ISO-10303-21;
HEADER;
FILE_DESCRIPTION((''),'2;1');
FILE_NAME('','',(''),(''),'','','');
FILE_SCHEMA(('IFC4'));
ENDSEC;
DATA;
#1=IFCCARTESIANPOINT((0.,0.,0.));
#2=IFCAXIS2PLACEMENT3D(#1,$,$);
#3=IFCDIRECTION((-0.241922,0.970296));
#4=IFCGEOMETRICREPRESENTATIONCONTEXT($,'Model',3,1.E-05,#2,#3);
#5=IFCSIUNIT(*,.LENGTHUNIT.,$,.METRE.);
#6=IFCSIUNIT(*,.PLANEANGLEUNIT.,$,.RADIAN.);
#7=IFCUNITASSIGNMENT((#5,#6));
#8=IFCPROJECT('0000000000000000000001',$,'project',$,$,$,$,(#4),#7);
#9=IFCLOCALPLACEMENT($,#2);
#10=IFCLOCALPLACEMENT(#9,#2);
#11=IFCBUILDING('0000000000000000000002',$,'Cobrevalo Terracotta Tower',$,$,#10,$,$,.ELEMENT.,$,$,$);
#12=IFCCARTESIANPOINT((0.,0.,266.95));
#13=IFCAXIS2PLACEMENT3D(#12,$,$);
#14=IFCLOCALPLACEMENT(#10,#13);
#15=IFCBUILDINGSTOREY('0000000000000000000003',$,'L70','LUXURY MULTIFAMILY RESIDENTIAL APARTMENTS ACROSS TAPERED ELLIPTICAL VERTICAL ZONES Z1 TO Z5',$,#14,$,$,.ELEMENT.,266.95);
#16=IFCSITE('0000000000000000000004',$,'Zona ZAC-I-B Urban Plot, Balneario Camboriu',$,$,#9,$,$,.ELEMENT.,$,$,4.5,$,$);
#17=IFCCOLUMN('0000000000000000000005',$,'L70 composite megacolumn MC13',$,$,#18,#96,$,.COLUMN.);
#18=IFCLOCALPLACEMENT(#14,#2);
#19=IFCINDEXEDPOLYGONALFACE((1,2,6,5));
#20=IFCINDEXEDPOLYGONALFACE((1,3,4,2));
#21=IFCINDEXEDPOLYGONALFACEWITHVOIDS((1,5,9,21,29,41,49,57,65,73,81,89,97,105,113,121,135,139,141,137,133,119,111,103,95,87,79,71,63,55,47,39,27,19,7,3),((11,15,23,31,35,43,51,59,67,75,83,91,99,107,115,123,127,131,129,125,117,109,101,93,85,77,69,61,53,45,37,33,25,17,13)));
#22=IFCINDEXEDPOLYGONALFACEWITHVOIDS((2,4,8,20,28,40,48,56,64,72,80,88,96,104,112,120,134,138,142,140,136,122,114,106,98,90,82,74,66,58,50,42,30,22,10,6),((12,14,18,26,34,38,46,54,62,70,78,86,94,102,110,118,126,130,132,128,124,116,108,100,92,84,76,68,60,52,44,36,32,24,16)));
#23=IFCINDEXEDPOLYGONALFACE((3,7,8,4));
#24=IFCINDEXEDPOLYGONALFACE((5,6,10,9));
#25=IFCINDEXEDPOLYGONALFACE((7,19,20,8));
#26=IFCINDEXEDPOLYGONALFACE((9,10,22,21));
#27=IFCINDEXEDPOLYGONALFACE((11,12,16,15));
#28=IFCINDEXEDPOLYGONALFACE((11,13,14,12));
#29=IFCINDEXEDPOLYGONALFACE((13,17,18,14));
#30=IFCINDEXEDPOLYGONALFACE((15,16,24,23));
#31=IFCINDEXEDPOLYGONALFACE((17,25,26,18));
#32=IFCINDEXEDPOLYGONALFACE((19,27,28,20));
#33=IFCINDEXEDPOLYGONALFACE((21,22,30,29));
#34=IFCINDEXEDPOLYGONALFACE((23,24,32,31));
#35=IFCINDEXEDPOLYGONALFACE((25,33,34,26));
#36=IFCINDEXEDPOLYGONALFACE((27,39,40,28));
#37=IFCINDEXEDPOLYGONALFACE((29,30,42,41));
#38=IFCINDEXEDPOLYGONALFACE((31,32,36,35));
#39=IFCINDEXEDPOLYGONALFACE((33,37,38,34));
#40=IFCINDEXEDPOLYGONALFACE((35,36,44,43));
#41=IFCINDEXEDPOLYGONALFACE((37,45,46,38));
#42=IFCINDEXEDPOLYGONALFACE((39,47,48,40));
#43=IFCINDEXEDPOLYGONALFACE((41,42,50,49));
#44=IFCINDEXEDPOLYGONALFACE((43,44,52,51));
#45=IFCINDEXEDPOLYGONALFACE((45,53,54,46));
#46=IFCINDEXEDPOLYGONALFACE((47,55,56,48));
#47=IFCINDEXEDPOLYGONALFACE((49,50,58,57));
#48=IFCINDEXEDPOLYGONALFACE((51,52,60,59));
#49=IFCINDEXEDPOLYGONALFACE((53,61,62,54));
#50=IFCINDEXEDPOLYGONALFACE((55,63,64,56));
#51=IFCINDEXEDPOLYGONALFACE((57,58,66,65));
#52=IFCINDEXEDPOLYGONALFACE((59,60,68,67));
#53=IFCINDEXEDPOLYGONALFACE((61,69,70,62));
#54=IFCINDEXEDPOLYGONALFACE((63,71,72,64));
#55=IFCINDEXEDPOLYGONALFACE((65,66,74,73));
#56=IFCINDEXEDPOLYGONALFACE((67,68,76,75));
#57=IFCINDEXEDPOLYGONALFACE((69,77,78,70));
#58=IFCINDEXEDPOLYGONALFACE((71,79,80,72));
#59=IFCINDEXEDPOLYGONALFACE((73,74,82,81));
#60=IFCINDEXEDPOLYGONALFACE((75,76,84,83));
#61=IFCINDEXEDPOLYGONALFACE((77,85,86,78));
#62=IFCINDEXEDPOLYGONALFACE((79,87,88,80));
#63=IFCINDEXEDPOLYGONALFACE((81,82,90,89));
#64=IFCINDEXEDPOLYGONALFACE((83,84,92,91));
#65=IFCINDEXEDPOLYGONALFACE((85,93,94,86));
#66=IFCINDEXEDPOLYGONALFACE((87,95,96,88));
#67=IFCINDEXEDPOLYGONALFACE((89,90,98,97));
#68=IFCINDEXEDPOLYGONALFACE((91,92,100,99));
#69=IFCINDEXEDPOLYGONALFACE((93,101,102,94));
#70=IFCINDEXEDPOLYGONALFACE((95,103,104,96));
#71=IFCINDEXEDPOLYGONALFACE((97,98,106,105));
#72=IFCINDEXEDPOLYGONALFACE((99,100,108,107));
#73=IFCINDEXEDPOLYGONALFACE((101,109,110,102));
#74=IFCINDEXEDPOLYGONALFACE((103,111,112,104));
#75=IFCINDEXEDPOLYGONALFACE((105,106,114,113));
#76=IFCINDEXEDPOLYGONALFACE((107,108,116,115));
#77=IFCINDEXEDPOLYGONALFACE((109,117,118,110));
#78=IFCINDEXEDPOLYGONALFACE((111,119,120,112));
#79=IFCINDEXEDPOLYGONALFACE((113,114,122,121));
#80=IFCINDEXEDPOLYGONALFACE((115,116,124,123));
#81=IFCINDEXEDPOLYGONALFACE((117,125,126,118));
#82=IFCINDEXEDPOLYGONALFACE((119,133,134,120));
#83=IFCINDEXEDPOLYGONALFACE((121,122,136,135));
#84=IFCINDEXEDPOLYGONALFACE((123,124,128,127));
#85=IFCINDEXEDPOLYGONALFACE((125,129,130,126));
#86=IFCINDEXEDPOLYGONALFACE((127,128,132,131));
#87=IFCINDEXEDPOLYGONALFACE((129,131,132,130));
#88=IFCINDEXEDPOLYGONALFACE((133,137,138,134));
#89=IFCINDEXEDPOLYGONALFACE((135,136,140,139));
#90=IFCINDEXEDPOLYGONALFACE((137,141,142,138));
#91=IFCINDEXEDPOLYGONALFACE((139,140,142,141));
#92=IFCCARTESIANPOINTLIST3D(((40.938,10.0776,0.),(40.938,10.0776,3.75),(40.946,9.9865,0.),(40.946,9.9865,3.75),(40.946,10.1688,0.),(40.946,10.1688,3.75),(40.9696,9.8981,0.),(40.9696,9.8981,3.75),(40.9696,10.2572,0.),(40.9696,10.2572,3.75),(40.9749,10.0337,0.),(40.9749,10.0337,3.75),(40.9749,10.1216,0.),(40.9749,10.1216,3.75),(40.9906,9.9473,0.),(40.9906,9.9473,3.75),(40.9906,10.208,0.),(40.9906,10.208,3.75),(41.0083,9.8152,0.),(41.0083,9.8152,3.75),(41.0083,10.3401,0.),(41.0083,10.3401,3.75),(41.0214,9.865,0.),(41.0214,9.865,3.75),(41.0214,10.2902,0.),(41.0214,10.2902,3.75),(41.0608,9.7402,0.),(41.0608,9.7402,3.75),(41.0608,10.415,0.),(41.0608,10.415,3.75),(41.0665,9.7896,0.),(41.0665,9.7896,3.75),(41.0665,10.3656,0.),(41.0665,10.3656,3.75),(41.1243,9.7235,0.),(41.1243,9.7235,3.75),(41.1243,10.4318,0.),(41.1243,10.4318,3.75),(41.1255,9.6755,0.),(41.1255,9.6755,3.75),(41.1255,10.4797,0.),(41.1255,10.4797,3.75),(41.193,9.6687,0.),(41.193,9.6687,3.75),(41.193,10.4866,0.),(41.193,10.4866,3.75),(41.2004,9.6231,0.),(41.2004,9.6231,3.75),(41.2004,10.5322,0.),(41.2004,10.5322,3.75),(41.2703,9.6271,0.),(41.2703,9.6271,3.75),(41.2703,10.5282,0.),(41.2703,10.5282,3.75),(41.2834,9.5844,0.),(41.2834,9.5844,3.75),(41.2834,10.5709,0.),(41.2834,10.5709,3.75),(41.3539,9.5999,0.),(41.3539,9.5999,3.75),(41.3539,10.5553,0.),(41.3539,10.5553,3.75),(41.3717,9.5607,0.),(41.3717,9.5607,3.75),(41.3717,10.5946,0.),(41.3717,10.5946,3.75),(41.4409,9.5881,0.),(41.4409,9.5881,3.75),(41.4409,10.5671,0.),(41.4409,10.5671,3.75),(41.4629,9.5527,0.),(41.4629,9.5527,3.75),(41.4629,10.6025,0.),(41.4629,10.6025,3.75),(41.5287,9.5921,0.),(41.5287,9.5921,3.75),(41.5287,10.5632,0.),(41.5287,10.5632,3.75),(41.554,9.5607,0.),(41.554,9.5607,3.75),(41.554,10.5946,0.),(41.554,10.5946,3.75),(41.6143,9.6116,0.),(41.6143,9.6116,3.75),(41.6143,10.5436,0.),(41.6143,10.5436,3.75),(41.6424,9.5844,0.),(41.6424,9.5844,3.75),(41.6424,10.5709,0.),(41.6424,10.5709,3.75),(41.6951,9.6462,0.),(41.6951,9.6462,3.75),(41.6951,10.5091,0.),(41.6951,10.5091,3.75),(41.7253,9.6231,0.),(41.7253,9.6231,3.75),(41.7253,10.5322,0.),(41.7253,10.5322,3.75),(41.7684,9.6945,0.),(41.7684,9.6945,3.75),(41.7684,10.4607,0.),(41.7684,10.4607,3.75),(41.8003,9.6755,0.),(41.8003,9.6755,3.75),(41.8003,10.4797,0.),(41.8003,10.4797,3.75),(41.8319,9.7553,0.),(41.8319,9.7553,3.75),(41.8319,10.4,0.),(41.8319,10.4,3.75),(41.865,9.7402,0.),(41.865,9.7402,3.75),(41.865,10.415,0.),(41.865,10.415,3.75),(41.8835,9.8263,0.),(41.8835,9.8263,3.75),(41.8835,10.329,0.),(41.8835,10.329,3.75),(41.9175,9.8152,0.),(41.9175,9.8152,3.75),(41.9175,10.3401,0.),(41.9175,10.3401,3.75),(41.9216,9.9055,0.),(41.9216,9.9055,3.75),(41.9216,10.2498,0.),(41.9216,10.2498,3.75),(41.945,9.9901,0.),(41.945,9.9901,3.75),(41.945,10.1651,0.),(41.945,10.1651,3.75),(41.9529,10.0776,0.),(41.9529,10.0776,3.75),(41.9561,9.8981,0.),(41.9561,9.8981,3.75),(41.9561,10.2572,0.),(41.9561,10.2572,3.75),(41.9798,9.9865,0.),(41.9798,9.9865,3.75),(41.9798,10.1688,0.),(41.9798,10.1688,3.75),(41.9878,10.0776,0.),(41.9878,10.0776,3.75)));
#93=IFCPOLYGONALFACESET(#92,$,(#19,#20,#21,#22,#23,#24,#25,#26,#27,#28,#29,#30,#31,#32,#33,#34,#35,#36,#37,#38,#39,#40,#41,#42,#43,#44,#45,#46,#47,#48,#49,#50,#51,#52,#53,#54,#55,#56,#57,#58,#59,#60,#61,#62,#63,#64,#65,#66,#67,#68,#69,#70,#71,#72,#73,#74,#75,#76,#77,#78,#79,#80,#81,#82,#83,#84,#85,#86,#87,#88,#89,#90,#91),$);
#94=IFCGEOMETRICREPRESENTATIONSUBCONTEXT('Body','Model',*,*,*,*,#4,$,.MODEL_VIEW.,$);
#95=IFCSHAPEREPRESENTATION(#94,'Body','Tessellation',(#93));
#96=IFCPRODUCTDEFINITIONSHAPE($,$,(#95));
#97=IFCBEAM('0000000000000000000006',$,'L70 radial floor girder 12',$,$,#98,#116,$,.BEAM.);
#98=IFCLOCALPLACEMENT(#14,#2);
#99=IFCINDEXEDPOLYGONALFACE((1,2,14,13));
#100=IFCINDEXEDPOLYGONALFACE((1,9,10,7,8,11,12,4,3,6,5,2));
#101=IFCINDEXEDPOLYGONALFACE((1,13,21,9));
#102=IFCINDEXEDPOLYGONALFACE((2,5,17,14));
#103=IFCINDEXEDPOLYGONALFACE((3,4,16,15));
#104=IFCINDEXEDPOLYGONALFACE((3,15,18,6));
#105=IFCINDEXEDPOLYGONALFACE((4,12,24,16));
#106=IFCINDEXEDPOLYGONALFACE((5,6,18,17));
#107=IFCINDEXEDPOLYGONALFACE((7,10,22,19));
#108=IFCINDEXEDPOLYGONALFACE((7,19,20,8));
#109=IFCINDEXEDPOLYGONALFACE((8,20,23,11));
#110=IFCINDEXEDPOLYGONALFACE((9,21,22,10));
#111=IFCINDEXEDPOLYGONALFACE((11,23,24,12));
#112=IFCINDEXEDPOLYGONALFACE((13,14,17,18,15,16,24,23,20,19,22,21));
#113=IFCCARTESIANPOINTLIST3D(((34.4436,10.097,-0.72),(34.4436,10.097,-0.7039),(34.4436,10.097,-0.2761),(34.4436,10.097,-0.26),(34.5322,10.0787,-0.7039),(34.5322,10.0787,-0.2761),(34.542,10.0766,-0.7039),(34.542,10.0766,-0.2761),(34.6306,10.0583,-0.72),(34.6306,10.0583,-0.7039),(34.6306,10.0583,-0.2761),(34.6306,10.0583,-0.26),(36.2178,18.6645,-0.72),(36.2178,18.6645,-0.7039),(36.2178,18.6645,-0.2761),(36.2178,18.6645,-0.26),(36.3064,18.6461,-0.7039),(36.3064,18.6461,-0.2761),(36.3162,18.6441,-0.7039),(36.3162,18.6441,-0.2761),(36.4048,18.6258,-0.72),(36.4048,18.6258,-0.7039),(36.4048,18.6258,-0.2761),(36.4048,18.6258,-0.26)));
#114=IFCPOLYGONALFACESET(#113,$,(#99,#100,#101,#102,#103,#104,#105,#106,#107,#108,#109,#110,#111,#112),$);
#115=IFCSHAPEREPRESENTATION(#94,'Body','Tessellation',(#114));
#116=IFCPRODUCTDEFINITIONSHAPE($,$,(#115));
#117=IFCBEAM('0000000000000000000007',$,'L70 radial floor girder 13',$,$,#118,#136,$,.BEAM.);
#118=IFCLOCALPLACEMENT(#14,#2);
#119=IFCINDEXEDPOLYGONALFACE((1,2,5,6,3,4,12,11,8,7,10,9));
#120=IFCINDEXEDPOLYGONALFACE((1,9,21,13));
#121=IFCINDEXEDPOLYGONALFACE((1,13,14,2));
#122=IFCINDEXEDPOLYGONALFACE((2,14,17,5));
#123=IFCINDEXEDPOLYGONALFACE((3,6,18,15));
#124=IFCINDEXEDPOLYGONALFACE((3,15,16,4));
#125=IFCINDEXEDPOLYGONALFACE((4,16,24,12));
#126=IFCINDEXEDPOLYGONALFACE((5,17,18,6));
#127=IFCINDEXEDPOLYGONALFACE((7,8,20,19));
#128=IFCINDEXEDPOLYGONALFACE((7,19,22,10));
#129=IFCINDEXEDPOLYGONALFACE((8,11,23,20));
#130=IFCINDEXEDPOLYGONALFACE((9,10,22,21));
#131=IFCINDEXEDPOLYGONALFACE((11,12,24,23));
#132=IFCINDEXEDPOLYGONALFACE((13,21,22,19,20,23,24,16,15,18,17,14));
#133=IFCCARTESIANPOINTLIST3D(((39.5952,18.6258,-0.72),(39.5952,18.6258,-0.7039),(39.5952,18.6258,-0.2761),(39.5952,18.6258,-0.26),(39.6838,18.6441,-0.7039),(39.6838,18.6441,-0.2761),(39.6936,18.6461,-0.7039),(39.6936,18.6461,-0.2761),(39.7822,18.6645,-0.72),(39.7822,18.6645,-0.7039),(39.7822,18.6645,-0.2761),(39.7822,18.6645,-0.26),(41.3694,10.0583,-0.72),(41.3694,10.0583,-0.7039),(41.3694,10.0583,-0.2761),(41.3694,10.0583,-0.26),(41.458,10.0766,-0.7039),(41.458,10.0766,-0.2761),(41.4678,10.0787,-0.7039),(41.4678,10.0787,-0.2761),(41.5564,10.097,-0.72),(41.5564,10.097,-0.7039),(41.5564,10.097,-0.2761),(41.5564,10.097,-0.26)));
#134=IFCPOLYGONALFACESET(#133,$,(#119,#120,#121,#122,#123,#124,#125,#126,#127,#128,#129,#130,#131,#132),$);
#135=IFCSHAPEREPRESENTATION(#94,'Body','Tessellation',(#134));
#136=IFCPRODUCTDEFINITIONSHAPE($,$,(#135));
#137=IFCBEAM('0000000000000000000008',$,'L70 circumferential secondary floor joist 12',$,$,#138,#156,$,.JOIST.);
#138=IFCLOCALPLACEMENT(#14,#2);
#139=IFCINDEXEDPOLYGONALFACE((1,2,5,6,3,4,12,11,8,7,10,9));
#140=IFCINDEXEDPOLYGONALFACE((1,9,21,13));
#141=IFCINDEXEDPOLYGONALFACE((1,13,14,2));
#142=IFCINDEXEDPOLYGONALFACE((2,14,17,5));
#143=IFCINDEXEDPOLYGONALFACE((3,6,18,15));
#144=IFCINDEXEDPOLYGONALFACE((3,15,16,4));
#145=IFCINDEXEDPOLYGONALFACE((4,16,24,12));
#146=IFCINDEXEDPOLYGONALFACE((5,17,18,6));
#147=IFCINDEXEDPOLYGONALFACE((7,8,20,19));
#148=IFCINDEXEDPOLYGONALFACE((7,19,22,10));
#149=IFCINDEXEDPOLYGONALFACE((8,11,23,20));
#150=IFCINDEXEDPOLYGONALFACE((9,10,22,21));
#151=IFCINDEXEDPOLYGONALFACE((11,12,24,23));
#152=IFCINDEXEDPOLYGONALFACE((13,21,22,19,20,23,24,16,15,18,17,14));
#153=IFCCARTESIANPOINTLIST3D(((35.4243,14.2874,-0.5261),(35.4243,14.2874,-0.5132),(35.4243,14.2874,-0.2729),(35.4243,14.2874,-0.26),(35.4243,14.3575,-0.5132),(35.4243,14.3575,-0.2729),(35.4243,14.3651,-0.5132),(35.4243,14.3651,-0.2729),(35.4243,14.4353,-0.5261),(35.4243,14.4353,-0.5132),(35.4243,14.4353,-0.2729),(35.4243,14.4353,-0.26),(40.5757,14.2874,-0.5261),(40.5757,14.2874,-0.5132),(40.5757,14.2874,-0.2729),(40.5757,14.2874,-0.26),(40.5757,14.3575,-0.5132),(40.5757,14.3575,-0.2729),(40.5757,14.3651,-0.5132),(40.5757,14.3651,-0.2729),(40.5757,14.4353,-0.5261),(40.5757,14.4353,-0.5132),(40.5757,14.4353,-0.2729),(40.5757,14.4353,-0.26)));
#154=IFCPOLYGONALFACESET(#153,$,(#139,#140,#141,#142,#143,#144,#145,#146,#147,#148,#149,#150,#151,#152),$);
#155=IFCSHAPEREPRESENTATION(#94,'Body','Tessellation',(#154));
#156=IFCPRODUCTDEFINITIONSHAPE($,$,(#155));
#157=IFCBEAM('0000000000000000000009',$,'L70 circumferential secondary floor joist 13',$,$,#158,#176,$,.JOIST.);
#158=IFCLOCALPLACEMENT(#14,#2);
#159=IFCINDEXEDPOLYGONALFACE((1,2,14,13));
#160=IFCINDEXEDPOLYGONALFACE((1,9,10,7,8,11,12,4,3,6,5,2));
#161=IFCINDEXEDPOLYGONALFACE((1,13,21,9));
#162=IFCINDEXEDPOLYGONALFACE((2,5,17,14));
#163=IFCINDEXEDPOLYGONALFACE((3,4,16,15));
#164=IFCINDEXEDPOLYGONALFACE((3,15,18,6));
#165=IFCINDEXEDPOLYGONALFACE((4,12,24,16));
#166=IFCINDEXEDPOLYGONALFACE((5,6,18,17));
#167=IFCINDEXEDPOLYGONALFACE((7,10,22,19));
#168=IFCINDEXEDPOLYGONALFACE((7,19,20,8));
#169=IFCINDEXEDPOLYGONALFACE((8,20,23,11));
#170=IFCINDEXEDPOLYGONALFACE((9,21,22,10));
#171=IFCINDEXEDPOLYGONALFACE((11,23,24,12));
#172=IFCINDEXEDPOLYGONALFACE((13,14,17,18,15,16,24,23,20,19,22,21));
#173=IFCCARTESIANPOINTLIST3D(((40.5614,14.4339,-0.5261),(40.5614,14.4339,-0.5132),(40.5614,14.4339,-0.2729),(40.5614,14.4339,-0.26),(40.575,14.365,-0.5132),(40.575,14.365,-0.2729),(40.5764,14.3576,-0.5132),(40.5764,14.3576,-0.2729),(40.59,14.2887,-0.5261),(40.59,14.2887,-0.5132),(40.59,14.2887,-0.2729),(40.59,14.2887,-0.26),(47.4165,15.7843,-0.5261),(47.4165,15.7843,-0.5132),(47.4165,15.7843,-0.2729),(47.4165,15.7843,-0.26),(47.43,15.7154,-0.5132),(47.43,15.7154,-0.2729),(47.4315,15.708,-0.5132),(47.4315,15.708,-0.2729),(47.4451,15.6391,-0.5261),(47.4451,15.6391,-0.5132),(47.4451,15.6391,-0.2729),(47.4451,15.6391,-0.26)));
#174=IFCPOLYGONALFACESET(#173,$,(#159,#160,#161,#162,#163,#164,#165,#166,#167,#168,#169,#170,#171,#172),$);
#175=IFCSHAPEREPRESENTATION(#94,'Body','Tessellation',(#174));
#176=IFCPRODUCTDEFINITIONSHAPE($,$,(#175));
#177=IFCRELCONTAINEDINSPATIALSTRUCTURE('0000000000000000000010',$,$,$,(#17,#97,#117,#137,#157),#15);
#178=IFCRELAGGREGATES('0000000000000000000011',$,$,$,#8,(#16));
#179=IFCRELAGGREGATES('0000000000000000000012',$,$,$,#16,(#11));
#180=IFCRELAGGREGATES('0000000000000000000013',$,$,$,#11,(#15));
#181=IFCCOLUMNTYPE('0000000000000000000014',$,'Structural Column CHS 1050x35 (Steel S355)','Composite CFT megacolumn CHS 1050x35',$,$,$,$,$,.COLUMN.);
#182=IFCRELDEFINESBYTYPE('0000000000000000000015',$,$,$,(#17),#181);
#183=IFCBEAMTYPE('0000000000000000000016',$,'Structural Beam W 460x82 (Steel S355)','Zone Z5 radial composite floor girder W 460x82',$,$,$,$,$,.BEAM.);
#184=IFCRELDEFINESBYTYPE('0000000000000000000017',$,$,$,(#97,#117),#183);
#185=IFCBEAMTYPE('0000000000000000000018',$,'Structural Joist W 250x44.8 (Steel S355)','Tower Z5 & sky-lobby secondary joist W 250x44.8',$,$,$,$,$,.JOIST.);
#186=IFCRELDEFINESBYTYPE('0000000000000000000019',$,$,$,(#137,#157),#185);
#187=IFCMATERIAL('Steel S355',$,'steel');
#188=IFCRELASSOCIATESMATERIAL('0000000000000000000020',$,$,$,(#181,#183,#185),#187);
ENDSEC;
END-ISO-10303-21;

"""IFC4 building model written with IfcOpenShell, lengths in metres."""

from ifc_helpers import new_model, si_unit, direction, frame, origin, origin_2d, place, context, subcontext, project, spatial, hollow_circle, i_section, extrude, material, material_profile, profile_set, type_object, element, save


model = new_model("IFC4")

# Units and contexts
model_context = context("Model", 3, precision=1e-05, world=origin(), true_north=direction((-0.241922, 0.970296)))
body_context = subcontext(model_context, "Body", "Model", "MODEL_VIEW")
ifc_project = project(units=[si_unit("LENGTHUNIT", "METRE"), si_unit("PLANEANGLEUNIT", "RADIAN")], contexts=[model_context])

# Site, building, storey
site_placement = place(None, origin())
site = spatial("IfcSite", under=ifc_project, at=site_placement, Name="Zona ZAC-I-B Urban Plot, Balneario Camboriu", CompositionType="ELEMENT", RefElevation=4.5)
building_placement = place(site_placement, origin())
building = spatial("IfcBuilding", under=site, at=building_placement, Name="Cobrevalo Terracotta Tower", CompositionType="ELEMENT")
storey_placement = place(building_placement, frame((0.0, 0.0, 266.95)))
storey = spatial("IfcBuildingStorey", under=building, at=storey_placement, Name="L70", Description="LUXURY MULTIFAMILY RESIDENTIAL APARTMENTS ACROSS TAPERED ELLIPTICAL VERTICAL ZONES Z1 TO Z5", CompositionType="ELEMENT", Elevation=266.95)

# Column
ifc_material_1 = material(Name="Steel S355", Category="steel")
ifc_material_profile_1 = material_profile(ifc_material_1, hollow_circle(Radius=0.5249, WallThickness=0.0349, at=origin_2d()), Name="CHS 1050x35")
ifc_profile_set_1 = profile_set([ifc_material_profile_1], Name="Steel S355")
column_type = type_object("IfcColumnType", Name="Structural Column CHS 1050x35 (Steel S355)", Description="Composite CFT megacolumn CHS 1050x35", PredefinedType="COLUMN", material=ifc_profile_set_1)
column_placement = place(storey_placement, frame((41.4629, 10.0776, 0.0), z_axis=(0.0, 0.0, 1.0), x_axis=(1.0, 0.0, 0.0)))
element("IfcColumn", 1, at=column_placement, inside=storey, type_object=column_type, Name="L70 composite megacolumn MC13", PredefinedType="COLUMN", context=body_context, shape_type="SweptSolid", body=[
    extrude(hollow_circle(Radius=0.5249, WallThickness=0.0349, at=origin_2d()), origin(), (0.0, 0.0, 1.0), 3.75),
])

# Beams
ifc_material_profile_2 = material_profile(ifc_material_1, i_section(OverallWidth=0.1909, OverallDepth=0.46, WebThickness=0.01, FlangeThickness=0.0161, at=origin_2d()), Name="W 460x82")
ifc_profile_set_2 = profile_set([ifc_material_profile_2], Name="Steel S355")
beam_type_1 = type_object("IfcBeamType", Name="Structural Beam W 460x82 (Steel S355)", Description="Zone Z5 radial composite floor girder W 460x82", PredefinedType="BEAM", material=ifc_profile_set_2)
for number, where, z_axis, x_axis, name in (
    (2, (34.5371, 10.0776, -0.49), (0.202782, 0.979224, 0.0), (-0.979224, 0.202782, 0.0), "L70 radial floor girder 12"),
    (3, (41.4629, 10.0776, -0.49), (-0.202782, 0.979224, 0.0), (-0.979224, -0.202782, 0.0), "L70 radial floor girder 13"),
):
    element("IfcBeam", number, at=place(storey_placement, frame(where, z_axis=z_axis, x_axis=x_axis)), inside=storey, type_object=beam_type_1, Name=name, PredefinedType="BEAM", context=body_context, shape_type="SweptSolid", body=[
        extrude(i_section(OverallWidth=0.1909, OverallDepth=0.46, WebThickness=0.01, FlangeThickness=0.0161, at=origin_2d()), origin(), (0.0, 0.0, 1.0), 8.7493),
    ])
ifc_material_profile_3 = material_profile(ifc_material_1, i_section(OverallWidth=0.1479, OverallDepth=0.2661, WebThickness=0.0076, FlangeThickness=0.0129, at=origin_2d()), Name="W 250x44.8")
ifc_profile_set_3 = profile_set([ifc_material_profile_3], Name="Steel S355")
beam_type_2 = type_object("IfcBeamType", Name="Structural Joist W 250x44.8 (Steel S355)", Description="Tower Z5 & sky-lobby secondary joist W 250x44.8", PredefinedType="JOIST", material=ifc_profile_set_3)
beam_1_placement = place(storey_placement, frame((35.4243, 14.3613, -0.3931), z_axis=(1.0, 0.0, 0.0), x_axis=(0.0, 1.0, 0.0)))
element("IfcBeam", 4, at=beam_1_placement, inside=storey, type_object=beam_type_2, Name="L70 circumferential secondary floor joist 12", PredefinedType="JOIST", context=body_context, shape_type="SweptSolid", body=[
    extrude(i_section(OverallWidth=0.1479, OverallDepth=0.2661, WebThickness=0.0076, FlangeThickness=0.0129, at=origin_2d()), origin(), (0.0, 0.0, 1.0), 5.1514),
])
beam_2_placement = place(storey_placement, frame((40.5757, 14.3613, -0.3931), z_axis=(0.981145, 0.193273, 0.0), x_axis=(-0.193273, 0.981145, 0.0)))
element("IfcBeam", 5, at=beam_2_placement, inside=storey, type_object=beam_type_2, Name="L70 circumferential secondary floor joist 13", PredefinedType="JOIST", context=body_context, shape_type="SweptSolid", body=[
    extrude(i_section(OverallWidth=0.1479, OverallDepth=0.2661, WebThickness=0.0076, FlangeThickness=0.0129, at=origin_2d()), origin(), (0.0, 0.0, 1.0), 6.9868),
])

save(model, "model.ifc")
